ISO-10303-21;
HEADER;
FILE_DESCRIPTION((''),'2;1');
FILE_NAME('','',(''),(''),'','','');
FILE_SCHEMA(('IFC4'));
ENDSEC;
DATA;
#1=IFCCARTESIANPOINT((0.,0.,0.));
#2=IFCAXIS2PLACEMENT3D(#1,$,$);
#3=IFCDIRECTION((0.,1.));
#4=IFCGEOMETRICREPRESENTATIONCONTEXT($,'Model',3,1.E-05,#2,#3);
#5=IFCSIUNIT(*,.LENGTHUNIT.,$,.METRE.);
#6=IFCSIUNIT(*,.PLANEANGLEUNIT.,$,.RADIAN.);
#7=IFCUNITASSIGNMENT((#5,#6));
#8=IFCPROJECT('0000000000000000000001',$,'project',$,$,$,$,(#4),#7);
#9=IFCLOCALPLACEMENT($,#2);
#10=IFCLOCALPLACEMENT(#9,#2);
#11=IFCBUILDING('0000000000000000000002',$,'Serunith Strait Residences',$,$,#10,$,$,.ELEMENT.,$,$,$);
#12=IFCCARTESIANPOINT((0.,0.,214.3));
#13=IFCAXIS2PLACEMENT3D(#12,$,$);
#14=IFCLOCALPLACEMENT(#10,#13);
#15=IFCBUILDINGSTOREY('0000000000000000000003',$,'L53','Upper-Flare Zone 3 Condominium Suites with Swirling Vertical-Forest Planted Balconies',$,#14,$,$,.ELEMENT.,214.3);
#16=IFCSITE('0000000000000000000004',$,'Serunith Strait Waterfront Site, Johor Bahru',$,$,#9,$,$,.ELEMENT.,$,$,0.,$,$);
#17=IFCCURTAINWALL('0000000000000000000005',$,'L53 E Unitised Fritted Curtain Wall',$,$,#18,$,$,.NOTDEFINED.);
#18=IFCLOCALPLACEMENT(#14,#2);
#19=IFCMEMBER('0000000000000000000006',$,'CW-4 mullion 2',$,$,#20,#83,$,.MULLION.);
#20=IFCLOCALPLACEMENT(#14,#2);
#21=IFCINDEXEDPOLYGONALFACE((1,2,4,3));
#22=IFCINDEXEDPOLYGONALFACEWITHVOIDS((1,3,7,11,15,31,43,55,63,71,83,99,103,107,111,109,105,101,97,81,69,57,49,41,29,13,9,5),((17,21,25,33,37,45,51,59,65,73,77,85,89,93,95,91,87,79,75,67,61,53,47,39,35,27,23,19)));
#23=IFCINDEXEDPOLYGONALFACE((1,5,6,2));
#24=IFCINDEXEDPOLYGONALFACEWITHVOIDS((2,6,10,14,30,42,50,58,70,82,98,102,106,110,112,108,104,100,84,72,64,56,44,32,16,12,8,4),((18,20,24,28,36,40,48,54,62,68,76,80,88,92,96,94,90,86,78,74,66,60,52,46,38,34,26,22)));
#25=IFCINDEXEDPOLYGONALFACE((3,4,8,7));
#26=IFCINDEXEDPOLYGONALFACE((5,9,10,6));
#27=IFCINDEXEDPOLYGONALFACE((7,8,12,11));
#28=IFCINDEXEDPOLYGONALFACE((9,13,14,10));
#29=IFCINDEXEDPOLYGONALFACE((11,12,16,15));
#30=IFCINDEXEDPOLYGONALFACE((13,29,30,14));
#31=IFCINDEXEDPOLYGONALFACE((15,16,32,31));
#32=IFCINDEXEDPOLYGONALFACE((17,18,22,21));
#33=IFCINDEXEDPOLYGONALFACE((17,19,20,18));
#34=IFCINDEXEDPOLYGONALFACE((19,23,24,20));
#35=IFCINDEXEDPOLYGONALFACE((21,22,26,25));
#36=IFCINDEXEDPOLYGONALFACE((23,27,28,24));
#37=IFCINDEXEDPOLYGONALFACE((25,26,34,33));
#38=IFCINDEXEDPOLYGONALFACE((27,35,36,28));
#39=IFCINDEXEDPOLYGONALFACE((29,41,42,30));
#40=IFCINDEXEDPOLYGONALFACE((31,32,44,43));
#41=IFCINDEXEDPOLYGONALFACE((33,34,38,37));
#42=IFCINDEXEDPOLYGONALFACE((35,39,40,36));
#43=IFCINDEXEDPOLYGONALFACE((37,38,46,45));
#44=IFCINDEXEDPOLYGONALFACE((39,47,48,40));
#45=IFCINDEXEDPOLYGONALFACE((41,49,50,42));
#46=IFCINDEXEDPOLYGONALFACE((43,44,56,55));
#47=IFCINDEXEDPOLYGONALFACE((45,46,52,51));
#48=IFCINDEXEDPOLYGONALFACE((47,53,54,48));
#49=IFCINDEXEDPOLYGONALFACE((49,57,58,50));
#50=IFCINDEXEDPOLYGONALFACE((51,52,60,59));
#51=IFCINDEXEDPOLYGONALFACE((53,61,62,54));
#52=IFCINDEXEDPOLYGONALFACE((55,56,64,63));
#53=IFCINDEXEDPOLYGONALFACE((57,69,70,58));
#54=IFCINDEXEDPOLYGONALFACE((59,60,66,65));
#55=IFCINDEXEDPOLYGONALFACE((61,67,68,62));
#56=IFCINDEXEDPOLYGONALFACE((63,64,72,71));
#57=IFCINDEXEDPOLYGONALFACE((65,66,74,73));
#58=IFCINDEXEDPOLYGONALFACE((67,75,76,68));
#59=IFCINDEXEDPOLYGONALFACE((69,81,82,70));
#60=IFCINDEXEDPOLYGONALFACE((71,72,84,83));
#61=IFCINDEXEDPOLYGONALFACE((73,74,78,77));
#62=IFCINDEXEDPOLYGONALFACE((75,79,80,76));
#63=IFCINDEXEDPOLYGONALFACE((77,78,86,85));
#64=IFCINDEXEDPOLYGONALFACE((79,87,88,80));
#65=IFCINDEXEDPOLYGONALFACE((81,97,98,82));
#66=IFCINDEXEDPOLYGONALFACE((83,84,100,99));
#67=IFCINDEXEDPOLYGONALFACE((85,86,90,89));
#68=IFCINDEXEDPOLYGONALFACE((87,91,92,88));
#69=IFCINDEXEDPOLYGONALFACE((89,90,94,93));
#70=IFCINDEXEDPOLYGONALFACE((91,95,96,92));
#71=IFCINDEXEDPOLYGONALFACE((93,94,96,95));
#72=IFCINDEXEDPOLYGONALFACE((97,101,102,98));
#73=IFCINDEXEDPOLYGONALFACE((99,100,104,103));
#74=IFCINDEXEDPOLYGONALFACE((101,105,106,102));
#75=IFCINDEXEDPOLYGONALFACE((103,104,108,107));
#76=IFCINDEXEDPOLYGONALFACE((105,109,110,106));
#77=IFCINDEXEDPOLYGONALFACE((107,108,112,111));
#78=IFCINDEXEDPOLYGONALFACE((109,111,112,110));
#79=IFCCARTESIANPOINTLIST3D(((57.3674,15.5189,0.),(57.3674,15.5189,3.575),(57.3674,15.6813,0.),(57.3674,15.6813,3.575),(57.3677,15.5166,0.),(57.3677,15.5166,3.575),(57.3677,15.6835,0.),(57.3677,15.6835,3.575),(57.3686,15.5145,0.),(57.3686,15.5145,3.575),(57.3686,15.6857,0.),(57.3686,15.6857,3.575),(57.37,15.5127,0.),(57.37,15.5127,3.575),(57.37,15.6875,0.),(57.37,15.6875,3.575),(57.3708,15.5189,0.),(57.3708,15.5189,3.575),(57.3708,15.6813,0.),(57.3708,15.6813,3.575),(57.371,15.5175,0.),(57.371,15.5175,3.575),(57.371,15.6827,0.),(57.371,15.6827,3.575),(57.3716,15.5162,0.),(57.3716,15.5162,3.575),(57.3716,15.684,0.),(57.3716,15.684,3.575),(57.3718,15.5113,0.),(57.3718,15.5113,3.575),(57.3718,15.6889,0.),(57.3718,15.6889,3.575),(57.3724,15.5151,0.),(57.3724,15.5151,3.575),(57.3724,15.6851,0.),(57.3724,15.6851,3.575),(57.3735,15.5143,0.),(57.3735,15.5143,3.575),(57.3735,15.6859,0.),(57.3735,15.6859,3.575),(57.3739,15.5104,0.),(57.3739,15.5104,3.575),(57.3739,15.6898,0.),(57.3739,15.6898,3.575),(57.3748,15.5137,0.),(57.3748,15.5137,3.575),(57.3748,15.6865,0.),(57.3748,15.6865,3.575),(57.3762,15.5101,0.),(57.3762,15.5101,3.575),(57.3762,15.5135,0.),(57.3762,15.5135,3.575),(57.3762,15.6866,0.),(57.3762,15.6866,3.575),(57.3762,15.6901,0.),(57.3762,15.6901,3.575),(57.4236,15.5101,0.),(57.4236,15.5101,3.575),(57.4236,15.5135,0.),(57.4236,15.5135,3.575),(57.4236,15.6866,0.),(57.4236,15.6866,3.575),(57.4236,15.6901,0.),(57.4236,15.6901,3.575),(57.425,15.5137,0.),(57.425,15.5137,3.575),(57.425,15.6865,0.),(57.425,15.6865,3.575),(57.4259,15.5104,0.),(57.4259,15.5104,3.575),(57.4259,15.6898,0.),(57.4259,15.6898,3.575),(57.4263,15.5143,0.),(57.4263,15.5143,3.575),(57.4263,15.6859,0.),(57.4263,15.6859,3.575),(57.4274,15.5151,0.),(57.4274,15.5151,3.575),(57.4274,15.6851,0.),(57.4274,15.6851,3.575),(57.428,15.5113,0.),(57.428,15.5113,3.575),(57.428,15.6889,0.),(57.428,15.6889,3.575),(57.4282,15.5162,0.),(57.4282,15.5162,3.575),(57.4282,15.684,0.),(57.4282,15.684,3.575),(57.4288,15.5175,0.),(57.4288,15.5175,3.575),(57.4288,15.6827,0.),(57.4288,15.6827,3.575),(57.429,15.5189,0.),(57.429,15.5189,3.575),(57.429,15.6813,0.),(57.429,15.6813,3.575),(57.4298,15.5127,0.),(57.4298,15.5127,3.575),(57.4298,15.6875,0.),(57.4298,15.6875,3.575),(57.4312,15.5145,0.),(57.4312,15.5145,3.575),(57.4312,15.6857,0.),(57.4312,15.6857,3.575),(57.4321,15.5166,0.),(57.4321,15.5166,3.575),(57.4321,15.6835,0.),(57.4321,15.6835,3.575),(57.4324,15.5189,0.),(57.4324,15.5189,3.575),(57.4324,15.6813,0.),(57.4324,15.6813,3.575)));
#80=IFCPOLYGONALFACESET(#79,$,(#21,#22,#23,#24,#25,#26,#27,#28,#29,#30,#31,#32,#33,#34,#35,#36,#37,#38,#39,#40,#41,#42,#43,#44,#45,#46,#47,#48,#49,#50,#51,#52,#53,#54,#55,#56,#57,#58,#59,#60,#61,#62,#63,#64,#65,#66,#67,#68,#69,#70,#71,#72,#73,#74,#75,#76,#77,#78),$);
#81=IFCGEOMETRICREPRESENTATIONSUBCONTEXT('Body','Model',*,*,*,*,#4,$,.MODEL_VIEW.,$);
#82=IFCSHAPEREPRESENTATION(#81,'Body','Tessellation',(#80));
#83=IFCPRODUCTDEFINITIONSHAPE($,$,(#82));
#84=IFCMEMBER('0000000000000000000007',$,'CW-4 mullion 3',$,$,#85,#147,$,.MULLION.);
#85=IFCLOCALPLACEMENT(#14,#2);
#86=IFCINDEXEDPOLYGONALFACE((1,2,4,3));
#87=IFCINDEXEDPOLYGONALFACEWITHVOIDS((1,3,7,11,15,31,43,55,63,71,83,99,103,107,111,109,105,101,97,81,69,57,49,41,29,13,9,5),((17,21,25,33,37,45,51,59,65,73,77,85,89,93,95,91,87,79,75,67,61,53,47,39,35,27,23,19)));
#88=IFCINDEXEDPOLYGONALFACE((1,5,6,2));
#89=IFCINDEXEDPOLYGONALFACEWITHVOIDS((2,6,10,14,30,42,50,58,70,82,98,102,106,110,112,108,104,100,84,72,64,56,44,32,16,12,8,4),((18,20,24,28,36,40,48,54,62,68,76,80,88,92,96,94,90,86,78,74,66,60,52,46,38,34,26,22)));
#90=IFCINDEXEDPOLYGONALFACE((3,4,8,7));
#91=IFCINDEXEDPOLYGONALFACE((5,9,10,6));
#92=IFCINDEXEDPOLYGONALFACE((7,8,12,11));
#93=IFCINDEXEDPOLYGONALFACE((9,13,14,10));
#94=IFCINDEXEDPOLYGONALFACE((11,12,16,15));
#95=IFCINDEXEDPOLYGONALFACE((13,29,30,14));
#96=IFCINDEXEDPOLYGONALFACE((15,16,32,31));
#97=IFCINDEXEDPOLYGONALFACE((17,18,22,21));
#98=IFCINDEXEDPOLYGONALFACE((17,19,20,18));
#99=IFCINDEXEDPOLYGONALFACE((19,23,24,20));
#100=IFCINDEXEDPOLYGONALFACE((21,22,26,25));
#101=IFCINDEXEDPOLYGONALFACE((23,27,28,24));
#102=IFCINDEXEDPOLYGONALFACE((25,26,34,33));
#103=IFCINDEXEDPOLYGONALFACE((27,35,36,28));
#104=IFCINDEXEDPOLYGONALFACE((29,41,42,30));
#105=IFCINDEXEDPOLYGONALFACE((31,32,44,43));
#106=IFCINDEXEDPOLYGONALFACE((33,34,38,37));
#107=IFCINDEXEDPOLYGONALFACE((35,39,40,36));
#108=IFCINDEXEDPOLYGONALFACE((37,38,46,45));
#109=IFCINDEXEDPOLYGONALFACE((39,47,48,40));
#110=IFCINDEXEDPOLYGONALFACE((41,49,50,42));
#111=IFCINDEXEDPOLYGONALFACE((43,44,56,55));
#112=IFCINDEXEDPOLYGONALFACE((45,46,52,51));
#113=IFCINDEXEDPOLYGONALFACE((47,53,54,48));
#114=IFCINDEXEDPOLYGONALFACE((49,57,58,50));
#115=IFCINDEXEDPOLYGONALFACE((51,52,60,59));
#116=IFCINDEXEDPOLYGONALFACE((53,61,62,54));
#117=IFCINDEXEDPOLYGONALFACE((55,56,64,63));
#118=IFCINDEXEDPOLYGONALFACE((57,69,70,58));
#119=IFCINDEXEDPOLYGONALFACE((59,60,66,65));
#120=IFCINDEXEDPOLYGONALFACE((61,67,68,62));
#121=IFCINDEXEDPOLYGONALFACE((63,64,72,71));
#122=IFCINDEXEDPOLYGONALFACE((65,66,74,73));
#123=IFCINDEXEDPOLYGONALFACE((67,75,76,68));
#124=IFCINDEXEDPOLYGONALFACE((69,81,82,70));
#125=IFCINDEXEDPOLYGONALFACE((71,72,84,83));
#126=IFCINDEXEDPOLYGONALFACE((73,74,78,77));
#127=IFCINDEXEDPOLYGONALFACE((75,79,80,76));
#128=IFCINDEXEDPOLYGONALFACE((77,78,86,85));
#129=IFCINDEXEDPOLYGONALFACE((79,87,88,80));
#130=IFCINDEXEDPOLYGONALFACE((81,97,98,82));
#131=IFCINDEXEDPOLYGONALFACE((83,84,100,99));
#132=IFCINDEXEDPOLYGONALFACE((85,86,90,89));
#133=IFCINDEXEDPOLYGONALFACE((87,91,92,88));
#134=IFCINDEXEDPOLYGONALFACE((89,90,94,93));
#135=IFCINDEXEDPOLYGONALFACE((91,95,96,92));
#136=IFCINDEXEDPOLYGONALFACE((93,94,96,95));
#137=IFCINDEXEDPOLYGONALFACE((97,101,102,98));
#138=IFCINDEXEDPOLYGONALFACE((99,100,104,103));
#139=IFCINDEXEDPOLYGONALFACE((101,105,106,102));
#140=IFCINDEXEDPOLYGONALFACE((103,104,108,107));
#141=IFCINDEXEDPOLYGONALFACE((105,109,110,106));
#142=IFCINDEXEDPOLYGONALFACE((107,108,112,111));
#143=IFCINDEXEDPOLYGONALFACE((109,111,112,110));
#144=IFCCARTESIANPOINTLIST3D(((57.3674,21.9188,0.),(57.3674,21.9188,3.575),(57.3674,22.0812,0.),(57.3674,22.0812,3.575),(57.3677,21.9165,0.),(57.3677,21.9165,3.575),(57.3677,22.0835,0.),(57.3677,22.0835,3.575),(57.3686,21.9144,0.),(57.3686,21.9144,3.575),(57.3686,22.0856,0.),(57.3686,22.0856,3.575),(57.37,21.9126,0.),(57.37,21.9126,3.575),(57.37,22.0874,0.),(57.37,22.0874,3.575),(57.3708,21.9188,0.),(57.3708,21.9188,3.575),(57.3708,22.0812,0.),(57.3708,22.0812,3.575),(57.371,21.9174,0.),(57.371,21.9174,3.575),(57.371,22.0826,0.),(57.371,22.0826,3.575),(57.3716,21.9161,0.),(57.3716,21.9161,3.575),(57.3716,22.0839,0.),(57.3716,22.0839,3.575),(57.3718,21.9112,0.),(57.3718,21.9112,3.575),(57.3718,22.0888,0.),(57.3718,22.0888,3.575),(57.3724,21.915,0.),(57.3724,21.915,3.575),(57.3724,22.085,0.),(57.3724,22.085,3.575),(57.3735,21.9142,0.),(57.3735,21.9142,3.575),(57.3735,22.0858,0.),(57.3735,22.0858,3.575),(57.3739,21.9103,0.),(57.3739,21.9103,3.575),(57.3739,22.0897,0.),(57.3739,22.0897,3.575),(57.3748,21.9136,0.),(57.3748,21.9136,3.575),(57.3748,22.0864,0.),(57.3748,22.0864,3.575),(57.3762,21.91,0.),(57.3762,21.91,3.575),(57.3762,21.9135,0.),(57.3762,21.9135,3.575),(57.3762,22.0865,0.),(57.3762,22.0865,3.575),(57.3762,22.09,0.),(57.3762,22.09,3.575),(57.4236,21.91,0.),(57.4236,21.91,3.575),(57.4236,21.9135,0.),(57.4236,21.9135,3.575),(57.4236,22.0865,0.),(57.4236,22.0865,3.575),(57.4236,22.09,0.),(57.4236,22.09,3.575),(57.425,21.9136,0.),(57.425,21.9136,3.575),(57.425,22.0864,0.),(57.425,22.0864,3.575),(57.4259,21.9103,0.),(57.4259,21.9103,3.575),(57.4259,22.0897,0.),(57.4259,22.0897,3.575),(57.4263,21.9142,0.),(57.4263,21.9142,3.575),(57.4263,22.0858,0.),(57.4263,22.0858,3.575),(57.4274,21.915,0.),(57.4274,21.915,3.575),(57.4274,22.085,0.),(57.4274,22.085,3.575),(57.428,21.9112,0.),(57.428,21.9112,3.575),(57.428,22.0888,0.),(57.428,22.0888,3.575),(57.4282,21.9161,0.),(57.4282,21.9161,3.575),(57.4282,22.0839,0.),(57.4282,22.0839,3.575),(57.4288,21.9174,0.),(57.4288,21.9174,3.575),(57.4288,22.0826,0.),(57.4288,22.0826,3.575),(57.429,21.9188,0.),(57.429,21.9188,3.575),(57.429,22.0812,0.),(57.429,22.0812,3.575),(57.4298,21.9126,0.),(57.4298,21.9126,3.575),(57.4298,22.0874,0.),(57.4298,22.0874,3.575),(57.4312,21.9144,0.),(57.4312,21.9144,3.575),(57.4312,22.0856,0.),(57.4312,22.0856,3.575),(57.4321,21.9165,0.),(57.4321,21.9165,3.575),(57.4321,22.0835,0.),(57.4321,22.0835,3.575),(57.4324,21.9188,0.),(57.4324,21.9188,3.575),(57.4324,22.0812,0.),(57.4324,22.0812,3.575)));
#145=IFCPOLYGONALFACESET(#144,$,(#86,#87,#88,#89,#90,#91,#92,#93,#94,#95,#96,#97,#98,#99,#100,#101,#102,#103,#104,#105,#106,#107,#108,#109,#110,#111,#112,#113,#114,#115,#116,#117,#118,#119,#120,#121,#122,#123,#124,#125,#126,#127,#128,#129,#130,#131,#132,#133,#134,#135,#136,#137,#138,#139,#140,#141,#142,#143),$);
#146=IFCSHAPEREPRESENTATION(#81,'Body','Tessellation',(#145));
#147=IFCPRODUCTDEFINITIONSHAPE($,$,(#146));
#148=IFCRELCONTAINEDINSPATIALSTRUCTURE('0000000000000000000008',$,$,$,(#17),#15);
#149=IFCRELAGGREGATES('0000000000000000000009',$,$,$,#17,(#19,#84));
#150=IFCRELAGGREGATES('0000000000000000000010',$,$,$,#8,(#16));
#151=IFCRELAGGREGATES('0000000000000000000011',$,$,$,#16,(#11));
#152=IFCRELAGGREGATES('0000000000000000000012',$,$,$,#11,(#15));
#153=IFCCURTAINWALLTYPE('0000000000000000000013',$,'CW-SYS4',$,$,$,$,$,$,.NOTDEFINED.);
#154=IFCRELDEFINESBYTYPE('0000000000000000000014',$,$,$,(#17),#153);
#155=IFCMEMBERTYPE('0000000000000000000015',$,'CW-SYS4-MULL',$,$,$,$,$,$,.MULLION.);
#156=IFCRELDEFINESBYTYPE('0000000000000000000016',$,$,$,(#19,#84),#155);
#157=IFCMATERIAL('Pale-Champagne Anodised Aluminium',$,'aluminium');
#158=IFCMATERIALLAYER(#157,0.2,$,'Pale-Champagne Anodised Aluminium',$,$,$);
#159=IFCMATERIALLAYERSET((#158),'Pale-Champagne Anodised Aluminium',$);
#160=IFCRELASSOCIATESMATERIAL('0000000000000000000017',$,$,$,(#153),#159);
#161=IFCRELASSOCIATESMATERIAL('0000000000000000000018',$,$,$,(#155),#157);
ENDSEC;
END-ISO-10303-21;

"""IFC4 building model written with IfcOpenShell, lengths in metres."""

from ifc_helpers import new_model, si_unit, direction, frame, origin, origin_2d, place, context, subcontext, project, spatial, hollow_rectangle, extrude, source, transform, mapped, material, layer, layer_set, material_profile, profile_set, type_object, element, aggregate, save


model = new_model("IFC4")

# Units and contexts
model_context = context("Model", 3, precision=1e-05, world=origin(), true_north=direction((0.0, 1.0)))
body_context = subcontext(model_context, "Body", "Model", "MODEL_VIEW")
ifc_project = project(units=[si_unit("LENGTHUNIT", "METRE"), si_unit("PLANEANGLEUNIT", "RADIAN")], contexts=[model_context])

# Site, building, storey
site_placement = place(None, origin())
site = spatial("IfcSite", under=ifc_project, at=site_placement, Name="Serunith Strait Waterfront Site, Johor Bahru", CompositionType="ELEMENT", RefElevation=0.0)
building_placement = place(site_placement, origin())
building = spatial("IfcBuilding", under=site, at=building_placement, Name="Serunith Strait Residences", CompositionType="ELEMENT")
storey_placement = place(building_placement, frame((0.0, 0.0, 214.3)))
storey = spatial("IfcBuildingStorey", under=building, at=storey_placement, Name="L53", Description="Upper-Flare Zone 3 Condominium Suites with Swirling Vertical-Forest Planted Balconies", CompositionType="ELEMENT", Elevation=214.3)

# Curtain wall, members
ifc_material_1 = material(Name="Pale-Champagne Anodised Aluminium", Category="aluminium")
ifc_layer_1 = layer(ifc_material_1, 0.2, Name="Pale-Champagne Anodised Aluminium")
ifc_layer_set_1 = layer_set([ifc_layer_1], Name="Pale-Champagne Anodised Aluminium")
curtain_wall_type = type_object("IfcCurtainWallType", Name="CW-SYS4", PredefinedType="NOTDEFINED", material=ifc_layer_set_1)
curtain_wall_placement = place(storey_placement, origin())
curtain_wall = element("IfcCurtainWall", 1, at=curtain_wall_placement, inside=storey, type_object=curtain_wall_type, Name="L53 E Unitised Fritted Curtain Wall", PredefinedType="NOTDEFINED")
ifc_material_profile_1 = material_profile(ifc_material_1, hollow_rectangle(XDim=0.0649, YDim=0.1799, WallThickness=0.0034, InnerFilletRadius=0.0054, OuterFilletRadius=0.0088, at=origin_2d()), Name="ALU 180x65x3.5")
ifc_profile_set_1 = profile_set([ifc_material_profile_1], Name="Pale-Champagne Anodised Aluminium")
member_type_1 = type_object("IfcMemberType", Name="CW-SYS4-MULL", PredefinedType="MULLION", material=ifc_profile_set_1)
shared_shape_1 = source(origin(), body_context, "Body", "SweptSolid", [
    extrude(hollow_rectangle(XDim=0.0649, YDim=0.1799, WallThickness=0.0034, InnerFilletRadius=0.0054, OuterFilletRadius=0.0088, at=origin_2d()), origin(), (0.0, 0.0, 1.0), 3.575),
])
member_1_placement = place(storey_placement, frame((57.3999, 15.6001, 0.0), z_axis=(0.0, 0.0, 1.0), x_axis=(-1.0, 0.0, 0.0)))
member_1 = element("IfcMember", 2, at=member_1_placement, type_object=member_type_1, Name="CW-4 mullion 2", PredefinedType="MULLION", context=body_context, shape_type="MappedRepresentation", body=[
    mapped(shared_shape_1, transform((0.0, 0.0, 0.0), scale=1.0)),
])
member_2_placement = place(storey_placement, frame((57.3999, 22.0, 0.0), z_axis=(0.0, 0.0, 1.0), x_axis=(-1.0, 0.0, 0.0)))
member_2 = element("IfcMember", 3, at=member_2_placement, type_object=member_type_1, Name="CW-4 mullion 3", PredefinedType="MULLION", context=body_context, shape_type="MappedRepresentation", body=[
    mapped(shared_shape_1, transform((0.0, 0.0, 0.0), scale=1.0)),
])
aggregate(curtain_wall, [member_1, member_2])

save(model, "model.ifc")
